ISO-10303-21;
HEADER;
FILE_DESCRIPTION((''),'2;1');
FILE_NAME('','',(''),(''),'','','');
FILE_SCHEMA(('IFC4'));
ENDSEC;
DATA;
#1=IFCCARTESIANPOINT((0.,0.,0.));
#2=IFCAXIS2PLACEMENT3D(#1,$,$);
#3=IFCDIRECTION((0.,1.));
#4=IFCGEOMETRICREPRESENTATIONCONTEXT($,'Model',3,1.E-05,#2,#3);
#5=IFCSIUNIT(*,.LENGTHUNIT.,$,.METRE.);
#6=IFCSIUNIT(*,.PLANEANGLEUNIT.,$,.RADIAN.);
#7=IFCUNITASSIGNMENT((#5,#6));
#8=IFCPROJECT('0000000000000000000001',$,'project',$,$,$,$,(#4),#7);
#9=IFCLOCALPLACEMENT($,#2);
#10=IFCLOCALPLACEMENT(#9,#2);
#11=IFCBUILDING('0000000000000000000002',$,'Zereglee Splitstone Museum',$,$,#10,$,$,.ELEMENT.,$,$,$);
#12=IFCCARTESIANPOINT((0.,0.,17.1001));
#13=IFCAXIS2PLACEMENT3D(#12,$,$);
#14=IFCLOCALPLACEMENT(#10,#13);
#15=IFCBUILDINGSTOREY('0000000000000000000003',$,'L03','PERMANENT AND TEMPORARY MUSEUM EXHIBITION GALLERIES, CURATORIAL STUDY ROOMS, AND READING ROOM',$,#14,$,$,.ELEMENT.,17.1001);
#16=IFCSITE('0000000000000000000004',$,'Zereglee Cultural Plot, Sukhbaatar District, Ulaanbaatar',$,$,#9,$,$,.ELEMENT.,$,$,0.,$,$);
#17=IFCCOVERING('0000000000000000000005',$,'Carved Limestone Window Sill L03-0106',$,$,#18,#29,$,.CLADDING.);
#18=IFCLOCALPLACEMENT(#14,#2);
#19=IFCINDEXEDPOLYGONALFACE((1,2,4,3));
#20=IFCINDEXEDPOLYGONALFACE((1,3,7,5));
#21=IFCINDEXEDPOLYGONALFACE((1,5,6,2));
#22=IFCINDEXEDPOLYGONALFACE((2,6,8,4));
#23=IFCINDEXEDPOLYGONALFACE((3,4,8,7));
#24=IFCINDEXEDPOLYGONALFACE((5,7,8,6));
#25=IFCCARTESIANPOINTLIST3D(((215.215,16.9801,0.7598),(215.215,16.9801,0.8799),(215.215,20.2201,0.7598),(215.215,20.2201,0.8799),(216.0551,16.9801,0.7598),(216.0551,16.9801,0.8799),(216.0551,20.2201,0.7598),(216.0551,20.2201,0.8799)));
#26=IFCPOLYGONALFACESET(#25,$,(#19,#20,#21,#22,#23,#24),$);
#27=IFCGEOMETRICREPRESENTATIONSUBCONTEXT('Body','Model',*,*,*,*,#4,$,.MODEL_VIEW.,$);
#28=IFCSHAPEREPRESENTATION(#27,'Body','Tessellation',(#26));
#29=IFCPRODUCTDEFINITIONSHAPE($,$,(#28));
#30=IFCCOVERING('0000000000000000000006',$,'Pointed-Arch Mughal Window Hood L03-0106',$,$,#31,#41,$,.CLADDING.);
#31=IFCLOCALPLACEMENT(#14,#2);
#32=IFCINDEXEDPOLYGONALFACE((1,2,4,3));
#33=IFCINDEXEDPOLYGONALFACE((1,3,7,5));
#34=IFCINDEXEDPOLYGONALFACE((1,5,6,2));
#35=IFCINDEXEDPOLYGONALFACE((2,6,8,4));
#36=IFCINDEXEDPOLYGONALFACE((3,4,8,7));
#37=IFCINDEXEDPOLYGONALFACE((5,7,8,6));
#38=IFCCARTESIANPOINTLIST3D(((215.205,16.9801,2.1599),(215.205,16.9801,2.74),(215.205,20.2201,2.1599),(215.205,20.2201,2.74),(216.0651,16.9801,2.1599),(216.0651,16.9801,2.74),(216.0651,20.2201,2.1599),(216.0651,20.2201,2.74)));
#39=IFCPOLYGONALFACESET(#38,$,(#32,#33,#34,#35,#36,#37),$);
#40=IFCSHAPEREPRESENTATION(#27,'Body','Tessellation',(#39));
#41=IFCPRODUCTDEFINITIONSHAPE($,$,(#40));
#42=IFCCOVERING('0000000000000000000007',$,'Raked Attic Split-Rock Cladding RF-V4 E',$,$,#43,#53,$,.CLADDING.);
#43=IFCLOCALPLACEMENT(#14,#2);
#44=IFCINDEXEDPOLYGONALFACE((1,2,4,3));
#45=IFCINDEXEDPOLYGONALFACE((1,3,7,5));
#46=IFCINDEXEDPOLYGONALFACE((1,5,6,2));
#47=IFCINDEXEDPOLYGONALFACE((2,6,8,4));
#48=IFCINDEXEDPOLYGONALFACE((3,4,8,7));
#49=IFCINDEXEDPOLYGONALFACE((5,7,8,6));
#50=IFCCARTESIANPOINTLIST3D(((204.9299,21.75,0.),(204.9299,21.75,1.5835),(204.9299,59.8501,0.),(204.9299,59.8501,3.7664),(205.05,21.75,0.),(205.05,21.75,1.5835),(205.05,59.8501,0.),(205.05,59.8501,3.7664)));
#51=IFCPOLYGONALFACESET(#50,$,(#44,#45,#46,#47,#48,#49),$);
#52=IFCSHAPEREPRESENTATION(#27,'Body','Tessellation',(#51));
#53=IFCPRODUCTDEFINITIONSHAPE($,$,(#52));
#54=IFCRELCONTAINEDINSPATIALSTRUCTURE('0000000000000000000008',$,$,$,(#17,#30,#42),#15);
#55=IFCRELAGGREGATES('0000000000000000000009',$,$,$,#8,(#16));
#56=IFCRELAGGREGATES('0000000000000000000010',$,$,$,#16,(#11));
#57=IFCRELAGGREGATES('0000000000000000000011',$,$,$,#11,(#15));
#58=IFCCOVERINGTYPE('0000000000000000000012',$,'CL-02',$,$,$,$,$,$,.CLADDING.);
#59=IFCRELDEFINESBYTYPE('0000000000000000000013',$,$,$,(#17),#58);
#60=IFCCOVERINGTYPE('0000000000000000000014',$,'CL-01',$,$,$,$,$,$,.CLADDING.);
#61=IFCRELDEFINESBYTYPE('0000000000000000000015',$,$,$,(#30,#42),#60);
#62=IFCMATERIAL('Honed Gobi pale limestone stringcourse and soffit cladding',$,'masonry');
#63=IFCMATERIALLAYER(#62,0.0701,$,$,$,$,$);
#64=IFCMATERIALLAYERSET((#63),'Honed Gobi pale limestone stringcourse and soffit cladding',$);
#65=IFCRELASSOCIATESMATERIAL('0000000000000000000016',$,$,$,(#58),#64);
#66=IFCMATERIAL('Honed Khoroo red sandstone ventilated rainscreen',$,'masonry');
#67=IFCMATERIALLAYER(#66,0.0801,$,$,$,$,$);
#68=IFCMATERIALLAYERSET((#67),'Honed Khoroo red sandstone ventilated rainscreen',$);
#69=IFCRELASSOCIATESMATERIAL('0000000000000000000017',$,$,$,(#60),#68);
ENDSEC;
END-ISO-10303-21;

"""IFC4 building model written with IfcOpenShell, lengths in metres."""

from ifc_helpers import new_model, si_unit, direction, frame, origin, origin_2d, place, context, subcontext, project, spatial, polyline, rectangle, outline, extrude, material, layer, layer_set, type_object, element, save


model = new_model("IFC4")

# Units and contexts
model_context = context("Model", 3, precision=1e-05, world=origin(), true_north=direction((0.0, 1.0)))
body_context = subcontext(model_context, "Body", "Model", "MODEL_VIEW")
ifc_project = project(units=[si_unit("LENGTHUNIT", "METRE"), si_unit("PLANEANGLEUNIT", "RADIAN")], contexts=[model_context])

# Site, building, storey
site_placement = place(None, origin())
site = spatial("IfcSite", under=ifc_project, at=site_placement, Name="Zereglee Cultural Plot, Sukhbaatar District, Ulaanbaatar", CompositionType="ELEMENT", RefElevation=0.0)
building_placement = place(site_placement, origin())
building = spatial("IfcBuilding", under=site, at=building_placement, Name="Zereglee Splitstone Museum", CompositionType="ELEMENT")
storey_placement = place(building_placement, frame((0.0, 0.0, 17.1001)))
storey = spatial("IfcBuildingStorey", under=building, at=storey_placement, Name="L03", Description="PERMANENT AND TEMPORARY MUSEUM EXHIBITION GALLERIES, CURATORIAL STUDY ROOMS, AND READING ROOM", CompositionType="ELEMENT", Elevation=17.1001)

# Coverings
ifc_material_1 = material(Name="Honed Gobi pale limestone stringcourse and soffit cladding", Category="masonry")
ifc_layer_1 = layer(ifc_material_1, 0.0701)
ifc_layer_set_1 = layer_set([ifc_layer_1], Name="Honed Gobi pale limestone stringcourse and soffit cladding")
covering_type_1 = type_object("IfcCoveringType", Name="CL-02", PredefinedType="CLADDING", material=ifc_layer_set_1)
covering_1_placement = place(storey_placement, frame((215.635, 18.6001, 0.7598), z_axis=(0.0, 0.0, 1.0), x_axis=(0.0, 1.0, 0.0)))
element("IfcCovering", 1, at=covering_1_placement, inside=storey, type_object=covering_type_1, Name="Carved Limestone Window Sill L03-0106", PredefinedType="CLADDING", context=body_context, shape_type="SweptSolid", body=[
    extrude(rectangle(XDim=3.24, YDim=0.8401, at=origin_2d()), origin(), (0.0, 0.0, 1.0), 0.1201),
])
ifc_material_2 = material(Name="Honed Khoroo red sandstone ventilated rainscreen", Category="masonry")
ifc_layer_2 = layer(ifc_material_2, 0.0801)
ifc_layer_set_2 = layer_set([ifc_layer_2], Name="Honed Khoroo red sandstone ventilated rainscreen")
covering_type_2 = type_object("IfcCoveringType", Name="CL-01", PredefinedType="CLADDING", material=ifc_layer_set_2)
covering_2_placement = place(storey_placement, frame((215.635, 18.6001, 2.1599), z_axis=(0.0, 0.0, 1.0), x_axis=(0.0, 1.0, 0.0)))
element("IfcCovering", 2, at=covering_2_placement, inside=storey, type_object=covering_type_2, Name="Pointed-Arch Mughal Window Hood L03-0106", PredefinedType="CLADDING", context=body_context, shape_type="SweptSolid", body=[
    extrude(rectangle(XDim=3.24, YDim=0.8601, at=origin_2d()), origin(), (0.0, 0.0, 1.0), 0.5801),
])
covering_3_placement = place(storey_placement, frame((205.05, 21.75, 0.0), z_axis=(1.0, 0.0, 0.0), x_axis=(0.0, 1.0, 0.0)))
element("IfcCovering", 3, at=covering_3_placement, inside=storey, type_object=covering_type_2, Name="Raked Attic Split-Rock Cladding RF-V4 E", PredefinedType="CLADDING", context=body_context, shape_type="SweptSolid", body=[
    extrude(outline(polyline([(0.0, 0.0), (38.1001, 0.0), (38.1001, 3.7664), (0.0, 1.5835), (0.0, 0.0)])), origin(), (0.0, 0.0, -1.0), 0.1201),
])

save(model, "model.ifc")
